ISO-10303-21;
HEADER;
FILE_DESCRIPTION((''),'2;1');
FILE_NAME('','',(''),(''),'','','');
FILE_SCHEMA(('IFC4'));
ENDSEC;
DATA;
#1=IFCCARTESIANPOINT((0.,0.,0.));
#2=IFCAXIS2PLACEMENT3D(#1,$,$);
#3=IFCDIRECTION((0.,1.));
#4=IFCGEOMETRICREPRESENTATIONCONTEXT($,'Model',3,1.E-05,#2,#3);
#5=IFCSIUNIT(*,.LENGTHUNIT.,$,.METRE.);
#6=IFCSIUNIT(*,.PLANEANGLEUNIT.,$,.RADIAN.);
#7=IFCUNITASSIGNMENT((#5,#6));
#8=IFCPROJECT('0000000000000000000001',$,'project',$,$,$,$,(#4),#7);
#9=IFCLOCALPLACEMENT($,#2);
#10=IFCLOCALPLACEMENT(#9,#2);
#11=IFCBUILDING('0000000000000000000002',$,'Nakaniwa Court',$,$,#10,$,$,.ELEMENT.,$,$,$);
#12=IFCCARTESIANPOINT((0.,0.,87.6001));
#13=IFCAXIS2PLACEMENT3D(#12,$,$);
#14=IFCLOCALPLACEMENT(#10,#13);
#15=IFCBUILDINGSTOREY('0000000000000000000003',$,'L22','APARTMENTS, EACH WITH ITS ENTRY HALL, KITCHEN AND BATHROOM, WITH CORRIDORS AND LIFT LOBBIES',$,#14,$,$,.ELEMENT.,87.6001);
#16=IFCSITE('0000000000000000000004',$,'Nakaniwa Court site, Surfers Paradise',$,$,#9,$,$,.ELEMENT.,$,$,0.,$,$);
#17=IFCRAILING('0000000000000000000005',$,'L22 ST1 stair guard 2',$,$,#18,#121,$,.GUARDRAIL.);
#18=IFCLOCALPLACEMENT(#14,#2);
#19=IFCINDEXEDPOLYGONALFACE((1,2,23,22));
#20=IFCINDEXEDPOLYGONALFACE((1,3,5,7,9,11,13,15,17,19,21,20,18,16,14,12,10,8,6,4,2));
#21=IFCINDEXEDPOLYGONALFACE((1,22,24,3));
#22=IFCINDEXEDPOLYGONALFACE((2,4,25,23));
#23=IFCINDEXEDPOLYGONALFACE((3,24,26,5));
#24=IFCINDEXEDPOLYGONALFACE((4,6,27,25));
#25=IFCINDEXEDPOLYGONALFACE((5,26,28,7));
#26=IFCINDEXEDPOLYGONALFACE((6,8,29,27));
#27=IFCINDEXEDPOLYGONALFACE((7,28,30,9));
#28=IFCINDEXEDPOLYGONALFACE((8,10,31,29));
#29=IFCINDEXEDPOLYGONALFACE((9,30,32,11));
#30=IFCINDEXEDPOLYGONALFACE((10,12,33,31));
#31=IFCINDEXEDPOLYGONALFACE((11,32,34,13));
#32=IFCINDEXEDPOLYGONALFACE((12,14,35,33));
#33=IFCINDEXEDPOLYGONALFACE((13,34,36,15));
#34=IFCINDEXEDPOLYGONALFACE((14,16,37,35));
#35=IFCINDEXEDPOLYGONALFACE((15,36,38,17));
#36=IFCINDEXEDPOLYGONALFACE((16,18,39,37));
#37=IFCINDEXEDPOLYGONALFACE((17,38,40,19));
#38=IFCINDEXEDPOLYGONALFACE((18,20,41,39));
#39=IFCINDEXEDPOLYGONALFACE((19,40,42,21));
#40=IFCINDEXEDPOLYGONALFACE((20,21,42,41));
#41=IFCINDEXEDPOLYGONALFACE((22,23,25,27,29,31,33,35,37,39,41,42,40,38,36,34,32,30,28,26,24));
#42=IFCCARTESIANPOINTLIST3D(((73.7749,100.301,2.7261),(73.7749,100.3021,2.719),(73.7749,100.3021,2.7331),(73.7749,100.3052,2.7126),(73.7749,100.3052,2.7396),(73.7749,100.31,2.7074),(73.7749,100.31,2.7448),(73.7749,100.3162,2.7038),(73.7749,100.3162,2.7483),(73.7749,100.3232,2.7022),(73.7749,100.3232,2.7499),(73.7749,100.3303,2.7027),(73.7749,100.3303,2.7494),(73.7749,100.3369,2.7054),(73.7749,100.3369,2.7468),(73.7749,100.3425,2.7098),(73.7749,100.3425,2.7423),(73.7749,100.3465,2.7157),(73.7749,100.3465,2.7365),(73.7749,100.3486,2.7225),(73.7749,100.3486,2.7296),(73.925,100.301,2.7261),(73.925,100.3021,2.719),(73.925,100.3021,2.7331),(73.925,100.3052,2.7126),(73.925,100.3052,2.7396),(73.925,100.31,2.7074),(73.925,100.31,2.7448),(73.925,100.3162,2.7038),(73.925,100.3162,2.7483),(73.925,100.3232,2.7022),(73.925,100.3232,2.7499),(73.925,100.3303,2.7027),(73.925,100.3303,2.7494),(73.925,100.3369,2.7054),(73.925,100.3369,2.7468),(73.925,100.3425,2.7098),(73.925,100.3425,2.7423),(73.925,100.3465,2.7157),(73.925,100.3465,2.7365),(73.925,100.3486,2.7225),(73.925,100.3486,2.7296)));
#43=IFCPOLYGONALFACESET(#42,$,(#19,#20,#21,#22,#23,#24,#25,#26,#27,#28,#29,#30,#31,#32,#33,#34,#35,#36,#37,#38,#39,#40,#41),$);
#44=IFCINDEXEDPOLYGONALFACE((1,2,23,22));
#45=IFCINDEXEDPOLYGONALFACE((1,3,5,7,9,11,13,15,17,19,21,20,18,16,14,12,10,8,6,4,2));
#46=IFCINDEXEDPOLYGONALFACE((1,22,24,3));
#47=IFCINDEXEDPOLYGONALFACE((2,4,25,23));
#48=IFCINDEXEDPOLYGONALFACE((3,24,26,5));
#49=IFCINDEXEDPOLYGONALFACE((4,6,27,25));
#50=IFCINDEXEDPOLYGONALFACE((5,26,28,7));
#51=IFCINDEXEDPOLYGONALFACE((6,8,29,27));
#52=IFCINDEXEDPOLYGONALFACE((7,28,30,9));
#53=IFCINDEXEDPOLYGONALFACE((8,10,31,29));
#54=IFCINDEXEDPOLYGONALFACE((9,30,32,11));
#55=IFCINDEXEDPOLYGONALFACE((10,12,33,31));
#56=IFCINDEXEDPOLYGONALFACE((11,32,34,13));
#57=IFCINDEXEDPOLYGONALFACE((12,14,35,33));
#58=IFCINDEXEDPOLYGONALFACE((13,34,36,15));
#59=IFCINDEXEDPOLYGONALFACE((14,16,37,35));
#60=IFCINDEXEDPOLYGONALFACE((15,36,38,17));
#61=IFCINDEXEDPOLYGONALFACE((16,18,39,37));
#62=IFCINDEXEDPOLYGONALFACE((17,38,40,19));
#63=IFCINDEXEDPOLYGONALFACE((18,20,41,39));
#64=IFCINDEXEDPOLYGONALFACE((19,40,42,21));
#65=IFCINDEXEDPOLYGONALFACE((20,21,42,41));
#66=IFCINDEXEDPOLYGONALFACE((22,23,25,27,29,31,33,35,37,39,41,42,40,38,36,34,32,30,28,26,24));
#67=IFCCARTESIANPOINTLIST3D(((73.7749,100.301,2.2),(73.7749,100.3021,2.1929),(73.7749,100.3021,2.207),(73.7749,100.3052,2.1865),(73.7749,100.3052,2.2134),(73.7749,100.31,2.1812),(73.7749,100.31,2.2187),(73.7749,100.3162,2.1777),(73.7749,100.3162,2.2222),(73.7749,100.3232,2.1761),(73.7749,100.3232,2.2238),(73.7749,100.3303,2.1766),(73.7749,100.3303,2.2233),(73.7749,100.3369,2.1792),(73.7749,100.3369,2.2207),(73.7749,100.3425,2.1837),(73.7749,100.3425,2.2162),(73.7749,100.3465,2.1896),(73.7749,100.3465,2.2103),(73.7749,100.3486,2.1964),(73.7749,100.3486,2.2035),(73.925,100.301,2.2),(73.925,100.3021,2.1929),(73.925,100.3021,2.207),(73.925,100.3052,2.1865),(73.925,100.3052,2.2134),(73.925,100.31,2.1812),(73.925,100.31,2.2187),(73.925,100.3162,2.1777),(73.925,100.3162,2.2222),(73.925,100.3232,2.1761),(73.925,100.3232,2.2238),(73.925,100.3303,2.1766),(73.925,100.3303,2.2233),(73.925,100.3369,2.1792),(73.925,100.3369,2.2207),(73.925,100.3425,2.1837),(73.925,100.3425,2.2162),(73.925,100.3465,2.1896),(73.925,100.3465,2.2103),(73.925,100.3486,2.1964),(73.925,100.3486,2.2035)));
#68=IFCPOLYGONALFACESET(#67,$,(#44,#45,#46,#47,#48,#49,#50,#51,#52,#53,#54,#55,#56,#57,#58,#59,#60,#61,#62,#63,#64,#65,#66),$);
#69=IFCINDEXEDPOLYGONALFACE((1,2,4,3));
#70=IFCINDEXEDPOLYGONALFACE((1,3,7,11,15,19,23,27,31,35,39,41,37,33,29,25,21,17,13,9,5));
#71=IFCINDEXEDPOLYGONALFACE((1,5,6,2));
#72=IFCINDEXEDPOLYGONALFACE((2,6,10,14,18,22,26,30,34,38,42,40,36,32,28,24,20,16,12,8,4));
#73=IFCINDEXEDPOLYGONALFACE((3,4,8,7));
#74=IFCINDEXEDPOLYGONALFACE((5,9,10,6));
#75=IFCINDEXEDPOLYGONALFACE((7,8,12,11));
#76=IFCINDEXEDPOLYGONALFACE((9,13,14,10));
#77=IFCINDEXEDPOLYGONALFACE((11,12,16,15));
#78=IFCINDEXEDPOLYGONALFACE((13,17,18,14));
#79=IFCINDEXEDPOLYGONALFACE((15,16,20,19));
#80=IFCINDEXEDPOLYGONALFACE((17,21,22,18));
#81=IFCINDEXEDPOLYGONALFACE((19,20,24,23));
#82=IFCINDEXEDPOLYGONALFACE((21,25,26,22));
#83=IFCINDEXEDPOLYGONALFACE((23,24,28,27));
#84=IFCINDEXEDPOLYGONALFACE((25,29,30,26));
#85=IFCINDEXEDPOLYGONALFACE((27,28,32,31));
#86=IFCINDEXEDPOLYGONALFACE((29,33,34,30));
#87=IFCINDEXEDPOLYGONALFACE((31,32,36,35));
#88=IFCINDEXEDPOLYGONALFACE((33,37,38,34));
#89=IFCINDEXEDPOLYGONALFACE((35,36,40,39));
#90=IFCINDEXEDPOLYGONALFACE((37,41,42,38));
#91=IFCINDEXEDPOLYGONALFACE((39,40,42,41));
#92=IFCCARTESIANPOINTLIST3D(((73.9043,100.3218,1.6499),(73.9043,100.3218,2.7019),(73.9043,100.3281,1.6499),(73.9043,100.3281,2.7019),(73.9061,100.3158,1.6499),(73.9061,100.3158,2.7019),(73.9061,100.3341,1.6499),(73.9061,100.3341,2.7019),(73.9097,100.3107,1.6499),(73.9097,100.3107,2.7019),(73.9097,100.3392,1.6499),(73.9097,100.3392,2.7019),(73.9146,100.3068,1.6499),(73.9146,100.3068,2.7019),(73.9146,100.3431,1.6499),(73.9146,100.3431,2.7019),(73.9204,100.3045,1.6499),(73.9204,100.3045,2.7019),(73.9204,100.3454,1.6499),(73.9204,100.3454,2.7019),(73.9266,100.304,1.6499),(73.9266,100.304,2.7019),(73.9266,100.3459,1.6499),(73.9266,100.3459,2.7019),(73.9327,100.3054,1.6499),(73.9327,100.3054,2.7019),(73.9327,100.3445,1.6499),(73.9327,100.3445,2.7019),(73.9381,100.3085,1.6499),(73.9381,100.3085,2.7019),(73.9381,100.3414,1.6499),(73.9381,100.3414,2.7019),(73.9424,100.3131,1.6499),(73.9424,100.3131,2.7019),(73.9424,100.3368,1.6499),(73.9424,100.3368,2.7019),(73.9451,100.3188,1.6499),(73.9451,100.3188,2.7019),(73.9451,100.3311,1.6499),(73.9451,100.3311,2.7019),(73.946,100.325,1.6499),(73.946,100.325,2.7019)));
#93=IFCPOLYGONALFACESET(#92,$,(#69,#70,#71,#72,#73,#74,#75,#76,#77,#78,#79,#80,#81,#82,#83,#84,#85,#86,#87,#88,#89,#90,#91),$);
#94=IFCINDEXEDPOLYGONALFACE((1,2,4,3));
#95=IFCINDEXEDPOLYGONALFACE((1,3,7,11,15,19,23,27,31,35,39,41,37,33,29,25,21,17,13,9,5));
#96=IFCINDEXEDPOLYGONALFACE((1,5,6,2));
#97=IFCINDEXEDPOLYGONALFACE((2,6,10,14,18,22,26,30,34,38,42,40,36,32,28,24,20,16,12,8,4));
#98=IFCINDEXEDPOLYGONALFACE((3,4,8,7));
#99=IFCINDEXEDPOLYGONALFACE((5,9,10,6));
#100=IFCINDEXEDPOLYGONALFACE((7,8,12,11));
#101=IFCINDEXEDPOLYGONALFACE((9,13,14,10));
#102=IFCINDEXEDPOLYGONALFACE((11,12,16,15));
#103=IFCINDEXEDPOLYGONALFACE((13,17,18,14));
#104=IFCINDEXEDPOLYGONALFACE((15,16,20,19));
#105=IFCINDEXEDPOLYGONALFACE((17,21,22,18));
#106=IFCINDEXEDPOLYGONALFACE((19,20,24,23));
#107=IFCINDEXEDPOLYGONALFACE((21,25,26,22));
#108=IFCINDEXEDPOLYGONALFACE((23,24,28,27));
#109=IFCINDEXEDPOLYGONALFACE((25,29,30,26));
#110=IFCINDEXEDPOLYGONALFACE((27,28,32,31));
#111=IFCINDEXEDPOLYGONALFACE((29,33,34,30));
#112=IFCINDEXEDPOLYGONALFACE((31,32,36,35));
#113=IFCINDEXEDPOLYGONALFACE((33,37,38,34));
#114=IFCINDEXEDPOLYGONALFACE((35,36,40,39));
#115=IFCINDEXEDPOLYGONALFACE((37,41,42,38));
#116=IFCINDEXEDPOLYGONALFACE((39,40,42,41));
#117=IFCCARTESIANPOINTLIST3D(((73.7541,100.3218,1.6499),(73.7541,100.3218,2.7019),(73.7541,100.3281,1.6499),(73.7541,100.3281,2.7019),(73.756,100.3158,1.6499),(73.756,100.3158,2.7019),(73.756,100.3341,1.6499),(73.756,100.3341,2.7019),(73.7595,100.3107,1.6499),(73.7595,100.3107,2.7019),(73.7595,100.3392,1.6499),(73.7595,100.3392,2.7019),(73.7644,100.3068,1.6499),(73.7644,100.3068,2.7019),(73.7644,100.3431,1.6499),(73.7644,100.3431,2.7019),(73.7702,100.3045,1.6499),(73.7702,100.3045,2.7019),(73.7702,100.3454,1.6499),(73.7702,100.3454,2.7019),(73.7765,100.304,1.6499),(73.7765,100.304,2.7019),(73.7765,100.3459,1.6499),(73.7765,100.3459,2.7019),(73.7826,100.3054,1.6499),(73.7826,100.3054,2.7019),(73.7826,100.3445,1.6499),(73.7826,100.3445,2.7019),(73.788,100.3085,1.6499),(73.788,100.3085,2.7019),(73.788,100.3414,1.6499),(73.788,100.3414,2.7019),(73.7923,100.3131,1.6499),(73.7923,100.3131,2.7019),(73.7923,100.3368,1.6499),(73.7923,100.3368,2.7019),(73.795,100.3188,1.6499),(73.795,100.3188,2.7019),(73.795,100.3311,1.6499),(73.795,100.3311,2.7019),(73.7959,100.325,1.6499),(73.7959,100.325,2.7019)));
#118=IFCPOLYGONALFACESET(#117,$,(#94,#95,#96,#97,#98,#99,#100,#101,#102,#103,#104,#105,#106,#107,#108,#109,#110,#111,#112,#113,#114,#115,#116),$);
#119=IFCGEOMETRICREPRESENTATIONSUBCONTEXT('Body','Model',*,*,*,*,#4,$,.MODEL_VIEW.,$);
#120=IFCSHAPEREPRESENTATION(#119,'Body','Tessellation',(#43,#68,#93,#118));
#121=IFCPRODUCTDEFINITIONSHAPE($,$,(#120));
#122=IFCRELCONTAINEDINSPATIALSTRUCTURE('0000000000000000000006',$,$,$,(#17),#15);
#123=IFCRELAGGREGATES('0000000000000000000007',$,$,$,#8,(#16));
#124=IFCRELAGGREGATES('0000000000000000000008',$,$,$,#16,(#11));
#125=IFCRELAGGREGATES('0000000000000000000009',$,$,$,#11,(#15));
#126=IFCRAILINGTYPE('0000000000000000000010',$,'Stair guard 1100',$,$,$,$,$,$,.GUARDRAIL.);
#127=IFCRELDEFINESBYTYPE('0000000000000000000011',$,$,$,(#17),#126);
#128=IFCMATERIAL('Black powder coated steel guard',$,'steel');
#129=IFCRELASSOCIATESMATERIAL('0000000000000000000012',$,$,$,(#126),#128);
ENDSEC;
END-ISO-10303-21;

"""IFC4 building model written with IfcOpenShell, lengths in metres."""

from ifc_helpers import new_model, si_unit, direction, frame, origin, origin_2d, place, context, subcontext, project, spatial, circle, extrude, material, type_object, element, save


model = new_model("IFC4")

# Units and contexts
model_context = context("Model", 3, precision=1e-05, world=origin(), true_north=direction((0.0, 1.0)))
body_context = subcontext(model_context, "Body", "Model", "MODEL_VIEW")
ifc_project = project(units=[si_unit("LENGTHUNIT", "METRE"), si_unit("PLANEANGLEUNIT", "RADIAN")], contexts=[model_context])

# Site, building, storey
site_placement = place(None, origin())
site = spatial("IfcSite", under=ifc_project, at=site_placement, Name="Nakaniwa Court site, Surfers Paradise", CompositionType="ELEMENT", RefElevation=0.0)
building_placement = place(site_placement, origin())
building = spatial("IfcBuilding", under=site, at=building_placement, Name="Nakaniwa Court", CompositionType="ELEMENT")
storey_placement = place(building_placement, frame((0.0, 0.0, 87.6001)))
storey = spatial("IfcBuildingStorey", under=building, at=storey_placement, Name="L22", Description="APARTMENTS, EACH WITH ITS ENTRY HALL, KITCHEN AND BATHROOM, WITH CORRIDORS AND LIFT LOBBIES", CompositionType="ELEMENT", Elevation=87.6001)

# Railing
ifc_material_1 = material(Name="Black powder coated steel guard", Category="steel")
railing_type_1 = type_object("IfcRailingType", Name="Stair guard 1100", PredefinedType="GUARDRAIL", material=ifc_material_1)
railing_1_placement = place(storey_placement, frame((73.925, 100.325, 1.6499)))
element("IfcRailing", 1, at=railing_1_placement, inside=storey, type_object=railing_type_1, Name="L22 ST1 stair guard 2", PredefinedType="GUARDRAIL", context=body_context, shape_type="SweptSolid", body=[
    extrude(circle(Radius=0.0239, at=origin_2d()), frame((0.0, 0.0, 1.0762), z_axis=(-1.0, 0.0, 0.0), x_axis=(0.0, -1.0, 0.0)), (0.0, 0.0, 1.0), 0.1501),
    extrude(circle(Radius=0.0239, at=origin_2d()), frame((0.0, 0.0, 0.55), z_axis=(-1.0, 0.0, 0.0), x_axis=(0.0, -1.0, 0.0)), (0.0, 0.0, 1.0), 0.1501),
    extrude(circle(Radius=0.021, at=origin_2d()), origin(), (0.0, 0.0, 1.0), 1.052),
    extrude(circle(Radius=0.021, at=origin_2d()), frame((-0.1501, 0.0, 0.0)), (0.0, 0.0, 1.0), 1.052),
])

save(model, "model.ifc")
